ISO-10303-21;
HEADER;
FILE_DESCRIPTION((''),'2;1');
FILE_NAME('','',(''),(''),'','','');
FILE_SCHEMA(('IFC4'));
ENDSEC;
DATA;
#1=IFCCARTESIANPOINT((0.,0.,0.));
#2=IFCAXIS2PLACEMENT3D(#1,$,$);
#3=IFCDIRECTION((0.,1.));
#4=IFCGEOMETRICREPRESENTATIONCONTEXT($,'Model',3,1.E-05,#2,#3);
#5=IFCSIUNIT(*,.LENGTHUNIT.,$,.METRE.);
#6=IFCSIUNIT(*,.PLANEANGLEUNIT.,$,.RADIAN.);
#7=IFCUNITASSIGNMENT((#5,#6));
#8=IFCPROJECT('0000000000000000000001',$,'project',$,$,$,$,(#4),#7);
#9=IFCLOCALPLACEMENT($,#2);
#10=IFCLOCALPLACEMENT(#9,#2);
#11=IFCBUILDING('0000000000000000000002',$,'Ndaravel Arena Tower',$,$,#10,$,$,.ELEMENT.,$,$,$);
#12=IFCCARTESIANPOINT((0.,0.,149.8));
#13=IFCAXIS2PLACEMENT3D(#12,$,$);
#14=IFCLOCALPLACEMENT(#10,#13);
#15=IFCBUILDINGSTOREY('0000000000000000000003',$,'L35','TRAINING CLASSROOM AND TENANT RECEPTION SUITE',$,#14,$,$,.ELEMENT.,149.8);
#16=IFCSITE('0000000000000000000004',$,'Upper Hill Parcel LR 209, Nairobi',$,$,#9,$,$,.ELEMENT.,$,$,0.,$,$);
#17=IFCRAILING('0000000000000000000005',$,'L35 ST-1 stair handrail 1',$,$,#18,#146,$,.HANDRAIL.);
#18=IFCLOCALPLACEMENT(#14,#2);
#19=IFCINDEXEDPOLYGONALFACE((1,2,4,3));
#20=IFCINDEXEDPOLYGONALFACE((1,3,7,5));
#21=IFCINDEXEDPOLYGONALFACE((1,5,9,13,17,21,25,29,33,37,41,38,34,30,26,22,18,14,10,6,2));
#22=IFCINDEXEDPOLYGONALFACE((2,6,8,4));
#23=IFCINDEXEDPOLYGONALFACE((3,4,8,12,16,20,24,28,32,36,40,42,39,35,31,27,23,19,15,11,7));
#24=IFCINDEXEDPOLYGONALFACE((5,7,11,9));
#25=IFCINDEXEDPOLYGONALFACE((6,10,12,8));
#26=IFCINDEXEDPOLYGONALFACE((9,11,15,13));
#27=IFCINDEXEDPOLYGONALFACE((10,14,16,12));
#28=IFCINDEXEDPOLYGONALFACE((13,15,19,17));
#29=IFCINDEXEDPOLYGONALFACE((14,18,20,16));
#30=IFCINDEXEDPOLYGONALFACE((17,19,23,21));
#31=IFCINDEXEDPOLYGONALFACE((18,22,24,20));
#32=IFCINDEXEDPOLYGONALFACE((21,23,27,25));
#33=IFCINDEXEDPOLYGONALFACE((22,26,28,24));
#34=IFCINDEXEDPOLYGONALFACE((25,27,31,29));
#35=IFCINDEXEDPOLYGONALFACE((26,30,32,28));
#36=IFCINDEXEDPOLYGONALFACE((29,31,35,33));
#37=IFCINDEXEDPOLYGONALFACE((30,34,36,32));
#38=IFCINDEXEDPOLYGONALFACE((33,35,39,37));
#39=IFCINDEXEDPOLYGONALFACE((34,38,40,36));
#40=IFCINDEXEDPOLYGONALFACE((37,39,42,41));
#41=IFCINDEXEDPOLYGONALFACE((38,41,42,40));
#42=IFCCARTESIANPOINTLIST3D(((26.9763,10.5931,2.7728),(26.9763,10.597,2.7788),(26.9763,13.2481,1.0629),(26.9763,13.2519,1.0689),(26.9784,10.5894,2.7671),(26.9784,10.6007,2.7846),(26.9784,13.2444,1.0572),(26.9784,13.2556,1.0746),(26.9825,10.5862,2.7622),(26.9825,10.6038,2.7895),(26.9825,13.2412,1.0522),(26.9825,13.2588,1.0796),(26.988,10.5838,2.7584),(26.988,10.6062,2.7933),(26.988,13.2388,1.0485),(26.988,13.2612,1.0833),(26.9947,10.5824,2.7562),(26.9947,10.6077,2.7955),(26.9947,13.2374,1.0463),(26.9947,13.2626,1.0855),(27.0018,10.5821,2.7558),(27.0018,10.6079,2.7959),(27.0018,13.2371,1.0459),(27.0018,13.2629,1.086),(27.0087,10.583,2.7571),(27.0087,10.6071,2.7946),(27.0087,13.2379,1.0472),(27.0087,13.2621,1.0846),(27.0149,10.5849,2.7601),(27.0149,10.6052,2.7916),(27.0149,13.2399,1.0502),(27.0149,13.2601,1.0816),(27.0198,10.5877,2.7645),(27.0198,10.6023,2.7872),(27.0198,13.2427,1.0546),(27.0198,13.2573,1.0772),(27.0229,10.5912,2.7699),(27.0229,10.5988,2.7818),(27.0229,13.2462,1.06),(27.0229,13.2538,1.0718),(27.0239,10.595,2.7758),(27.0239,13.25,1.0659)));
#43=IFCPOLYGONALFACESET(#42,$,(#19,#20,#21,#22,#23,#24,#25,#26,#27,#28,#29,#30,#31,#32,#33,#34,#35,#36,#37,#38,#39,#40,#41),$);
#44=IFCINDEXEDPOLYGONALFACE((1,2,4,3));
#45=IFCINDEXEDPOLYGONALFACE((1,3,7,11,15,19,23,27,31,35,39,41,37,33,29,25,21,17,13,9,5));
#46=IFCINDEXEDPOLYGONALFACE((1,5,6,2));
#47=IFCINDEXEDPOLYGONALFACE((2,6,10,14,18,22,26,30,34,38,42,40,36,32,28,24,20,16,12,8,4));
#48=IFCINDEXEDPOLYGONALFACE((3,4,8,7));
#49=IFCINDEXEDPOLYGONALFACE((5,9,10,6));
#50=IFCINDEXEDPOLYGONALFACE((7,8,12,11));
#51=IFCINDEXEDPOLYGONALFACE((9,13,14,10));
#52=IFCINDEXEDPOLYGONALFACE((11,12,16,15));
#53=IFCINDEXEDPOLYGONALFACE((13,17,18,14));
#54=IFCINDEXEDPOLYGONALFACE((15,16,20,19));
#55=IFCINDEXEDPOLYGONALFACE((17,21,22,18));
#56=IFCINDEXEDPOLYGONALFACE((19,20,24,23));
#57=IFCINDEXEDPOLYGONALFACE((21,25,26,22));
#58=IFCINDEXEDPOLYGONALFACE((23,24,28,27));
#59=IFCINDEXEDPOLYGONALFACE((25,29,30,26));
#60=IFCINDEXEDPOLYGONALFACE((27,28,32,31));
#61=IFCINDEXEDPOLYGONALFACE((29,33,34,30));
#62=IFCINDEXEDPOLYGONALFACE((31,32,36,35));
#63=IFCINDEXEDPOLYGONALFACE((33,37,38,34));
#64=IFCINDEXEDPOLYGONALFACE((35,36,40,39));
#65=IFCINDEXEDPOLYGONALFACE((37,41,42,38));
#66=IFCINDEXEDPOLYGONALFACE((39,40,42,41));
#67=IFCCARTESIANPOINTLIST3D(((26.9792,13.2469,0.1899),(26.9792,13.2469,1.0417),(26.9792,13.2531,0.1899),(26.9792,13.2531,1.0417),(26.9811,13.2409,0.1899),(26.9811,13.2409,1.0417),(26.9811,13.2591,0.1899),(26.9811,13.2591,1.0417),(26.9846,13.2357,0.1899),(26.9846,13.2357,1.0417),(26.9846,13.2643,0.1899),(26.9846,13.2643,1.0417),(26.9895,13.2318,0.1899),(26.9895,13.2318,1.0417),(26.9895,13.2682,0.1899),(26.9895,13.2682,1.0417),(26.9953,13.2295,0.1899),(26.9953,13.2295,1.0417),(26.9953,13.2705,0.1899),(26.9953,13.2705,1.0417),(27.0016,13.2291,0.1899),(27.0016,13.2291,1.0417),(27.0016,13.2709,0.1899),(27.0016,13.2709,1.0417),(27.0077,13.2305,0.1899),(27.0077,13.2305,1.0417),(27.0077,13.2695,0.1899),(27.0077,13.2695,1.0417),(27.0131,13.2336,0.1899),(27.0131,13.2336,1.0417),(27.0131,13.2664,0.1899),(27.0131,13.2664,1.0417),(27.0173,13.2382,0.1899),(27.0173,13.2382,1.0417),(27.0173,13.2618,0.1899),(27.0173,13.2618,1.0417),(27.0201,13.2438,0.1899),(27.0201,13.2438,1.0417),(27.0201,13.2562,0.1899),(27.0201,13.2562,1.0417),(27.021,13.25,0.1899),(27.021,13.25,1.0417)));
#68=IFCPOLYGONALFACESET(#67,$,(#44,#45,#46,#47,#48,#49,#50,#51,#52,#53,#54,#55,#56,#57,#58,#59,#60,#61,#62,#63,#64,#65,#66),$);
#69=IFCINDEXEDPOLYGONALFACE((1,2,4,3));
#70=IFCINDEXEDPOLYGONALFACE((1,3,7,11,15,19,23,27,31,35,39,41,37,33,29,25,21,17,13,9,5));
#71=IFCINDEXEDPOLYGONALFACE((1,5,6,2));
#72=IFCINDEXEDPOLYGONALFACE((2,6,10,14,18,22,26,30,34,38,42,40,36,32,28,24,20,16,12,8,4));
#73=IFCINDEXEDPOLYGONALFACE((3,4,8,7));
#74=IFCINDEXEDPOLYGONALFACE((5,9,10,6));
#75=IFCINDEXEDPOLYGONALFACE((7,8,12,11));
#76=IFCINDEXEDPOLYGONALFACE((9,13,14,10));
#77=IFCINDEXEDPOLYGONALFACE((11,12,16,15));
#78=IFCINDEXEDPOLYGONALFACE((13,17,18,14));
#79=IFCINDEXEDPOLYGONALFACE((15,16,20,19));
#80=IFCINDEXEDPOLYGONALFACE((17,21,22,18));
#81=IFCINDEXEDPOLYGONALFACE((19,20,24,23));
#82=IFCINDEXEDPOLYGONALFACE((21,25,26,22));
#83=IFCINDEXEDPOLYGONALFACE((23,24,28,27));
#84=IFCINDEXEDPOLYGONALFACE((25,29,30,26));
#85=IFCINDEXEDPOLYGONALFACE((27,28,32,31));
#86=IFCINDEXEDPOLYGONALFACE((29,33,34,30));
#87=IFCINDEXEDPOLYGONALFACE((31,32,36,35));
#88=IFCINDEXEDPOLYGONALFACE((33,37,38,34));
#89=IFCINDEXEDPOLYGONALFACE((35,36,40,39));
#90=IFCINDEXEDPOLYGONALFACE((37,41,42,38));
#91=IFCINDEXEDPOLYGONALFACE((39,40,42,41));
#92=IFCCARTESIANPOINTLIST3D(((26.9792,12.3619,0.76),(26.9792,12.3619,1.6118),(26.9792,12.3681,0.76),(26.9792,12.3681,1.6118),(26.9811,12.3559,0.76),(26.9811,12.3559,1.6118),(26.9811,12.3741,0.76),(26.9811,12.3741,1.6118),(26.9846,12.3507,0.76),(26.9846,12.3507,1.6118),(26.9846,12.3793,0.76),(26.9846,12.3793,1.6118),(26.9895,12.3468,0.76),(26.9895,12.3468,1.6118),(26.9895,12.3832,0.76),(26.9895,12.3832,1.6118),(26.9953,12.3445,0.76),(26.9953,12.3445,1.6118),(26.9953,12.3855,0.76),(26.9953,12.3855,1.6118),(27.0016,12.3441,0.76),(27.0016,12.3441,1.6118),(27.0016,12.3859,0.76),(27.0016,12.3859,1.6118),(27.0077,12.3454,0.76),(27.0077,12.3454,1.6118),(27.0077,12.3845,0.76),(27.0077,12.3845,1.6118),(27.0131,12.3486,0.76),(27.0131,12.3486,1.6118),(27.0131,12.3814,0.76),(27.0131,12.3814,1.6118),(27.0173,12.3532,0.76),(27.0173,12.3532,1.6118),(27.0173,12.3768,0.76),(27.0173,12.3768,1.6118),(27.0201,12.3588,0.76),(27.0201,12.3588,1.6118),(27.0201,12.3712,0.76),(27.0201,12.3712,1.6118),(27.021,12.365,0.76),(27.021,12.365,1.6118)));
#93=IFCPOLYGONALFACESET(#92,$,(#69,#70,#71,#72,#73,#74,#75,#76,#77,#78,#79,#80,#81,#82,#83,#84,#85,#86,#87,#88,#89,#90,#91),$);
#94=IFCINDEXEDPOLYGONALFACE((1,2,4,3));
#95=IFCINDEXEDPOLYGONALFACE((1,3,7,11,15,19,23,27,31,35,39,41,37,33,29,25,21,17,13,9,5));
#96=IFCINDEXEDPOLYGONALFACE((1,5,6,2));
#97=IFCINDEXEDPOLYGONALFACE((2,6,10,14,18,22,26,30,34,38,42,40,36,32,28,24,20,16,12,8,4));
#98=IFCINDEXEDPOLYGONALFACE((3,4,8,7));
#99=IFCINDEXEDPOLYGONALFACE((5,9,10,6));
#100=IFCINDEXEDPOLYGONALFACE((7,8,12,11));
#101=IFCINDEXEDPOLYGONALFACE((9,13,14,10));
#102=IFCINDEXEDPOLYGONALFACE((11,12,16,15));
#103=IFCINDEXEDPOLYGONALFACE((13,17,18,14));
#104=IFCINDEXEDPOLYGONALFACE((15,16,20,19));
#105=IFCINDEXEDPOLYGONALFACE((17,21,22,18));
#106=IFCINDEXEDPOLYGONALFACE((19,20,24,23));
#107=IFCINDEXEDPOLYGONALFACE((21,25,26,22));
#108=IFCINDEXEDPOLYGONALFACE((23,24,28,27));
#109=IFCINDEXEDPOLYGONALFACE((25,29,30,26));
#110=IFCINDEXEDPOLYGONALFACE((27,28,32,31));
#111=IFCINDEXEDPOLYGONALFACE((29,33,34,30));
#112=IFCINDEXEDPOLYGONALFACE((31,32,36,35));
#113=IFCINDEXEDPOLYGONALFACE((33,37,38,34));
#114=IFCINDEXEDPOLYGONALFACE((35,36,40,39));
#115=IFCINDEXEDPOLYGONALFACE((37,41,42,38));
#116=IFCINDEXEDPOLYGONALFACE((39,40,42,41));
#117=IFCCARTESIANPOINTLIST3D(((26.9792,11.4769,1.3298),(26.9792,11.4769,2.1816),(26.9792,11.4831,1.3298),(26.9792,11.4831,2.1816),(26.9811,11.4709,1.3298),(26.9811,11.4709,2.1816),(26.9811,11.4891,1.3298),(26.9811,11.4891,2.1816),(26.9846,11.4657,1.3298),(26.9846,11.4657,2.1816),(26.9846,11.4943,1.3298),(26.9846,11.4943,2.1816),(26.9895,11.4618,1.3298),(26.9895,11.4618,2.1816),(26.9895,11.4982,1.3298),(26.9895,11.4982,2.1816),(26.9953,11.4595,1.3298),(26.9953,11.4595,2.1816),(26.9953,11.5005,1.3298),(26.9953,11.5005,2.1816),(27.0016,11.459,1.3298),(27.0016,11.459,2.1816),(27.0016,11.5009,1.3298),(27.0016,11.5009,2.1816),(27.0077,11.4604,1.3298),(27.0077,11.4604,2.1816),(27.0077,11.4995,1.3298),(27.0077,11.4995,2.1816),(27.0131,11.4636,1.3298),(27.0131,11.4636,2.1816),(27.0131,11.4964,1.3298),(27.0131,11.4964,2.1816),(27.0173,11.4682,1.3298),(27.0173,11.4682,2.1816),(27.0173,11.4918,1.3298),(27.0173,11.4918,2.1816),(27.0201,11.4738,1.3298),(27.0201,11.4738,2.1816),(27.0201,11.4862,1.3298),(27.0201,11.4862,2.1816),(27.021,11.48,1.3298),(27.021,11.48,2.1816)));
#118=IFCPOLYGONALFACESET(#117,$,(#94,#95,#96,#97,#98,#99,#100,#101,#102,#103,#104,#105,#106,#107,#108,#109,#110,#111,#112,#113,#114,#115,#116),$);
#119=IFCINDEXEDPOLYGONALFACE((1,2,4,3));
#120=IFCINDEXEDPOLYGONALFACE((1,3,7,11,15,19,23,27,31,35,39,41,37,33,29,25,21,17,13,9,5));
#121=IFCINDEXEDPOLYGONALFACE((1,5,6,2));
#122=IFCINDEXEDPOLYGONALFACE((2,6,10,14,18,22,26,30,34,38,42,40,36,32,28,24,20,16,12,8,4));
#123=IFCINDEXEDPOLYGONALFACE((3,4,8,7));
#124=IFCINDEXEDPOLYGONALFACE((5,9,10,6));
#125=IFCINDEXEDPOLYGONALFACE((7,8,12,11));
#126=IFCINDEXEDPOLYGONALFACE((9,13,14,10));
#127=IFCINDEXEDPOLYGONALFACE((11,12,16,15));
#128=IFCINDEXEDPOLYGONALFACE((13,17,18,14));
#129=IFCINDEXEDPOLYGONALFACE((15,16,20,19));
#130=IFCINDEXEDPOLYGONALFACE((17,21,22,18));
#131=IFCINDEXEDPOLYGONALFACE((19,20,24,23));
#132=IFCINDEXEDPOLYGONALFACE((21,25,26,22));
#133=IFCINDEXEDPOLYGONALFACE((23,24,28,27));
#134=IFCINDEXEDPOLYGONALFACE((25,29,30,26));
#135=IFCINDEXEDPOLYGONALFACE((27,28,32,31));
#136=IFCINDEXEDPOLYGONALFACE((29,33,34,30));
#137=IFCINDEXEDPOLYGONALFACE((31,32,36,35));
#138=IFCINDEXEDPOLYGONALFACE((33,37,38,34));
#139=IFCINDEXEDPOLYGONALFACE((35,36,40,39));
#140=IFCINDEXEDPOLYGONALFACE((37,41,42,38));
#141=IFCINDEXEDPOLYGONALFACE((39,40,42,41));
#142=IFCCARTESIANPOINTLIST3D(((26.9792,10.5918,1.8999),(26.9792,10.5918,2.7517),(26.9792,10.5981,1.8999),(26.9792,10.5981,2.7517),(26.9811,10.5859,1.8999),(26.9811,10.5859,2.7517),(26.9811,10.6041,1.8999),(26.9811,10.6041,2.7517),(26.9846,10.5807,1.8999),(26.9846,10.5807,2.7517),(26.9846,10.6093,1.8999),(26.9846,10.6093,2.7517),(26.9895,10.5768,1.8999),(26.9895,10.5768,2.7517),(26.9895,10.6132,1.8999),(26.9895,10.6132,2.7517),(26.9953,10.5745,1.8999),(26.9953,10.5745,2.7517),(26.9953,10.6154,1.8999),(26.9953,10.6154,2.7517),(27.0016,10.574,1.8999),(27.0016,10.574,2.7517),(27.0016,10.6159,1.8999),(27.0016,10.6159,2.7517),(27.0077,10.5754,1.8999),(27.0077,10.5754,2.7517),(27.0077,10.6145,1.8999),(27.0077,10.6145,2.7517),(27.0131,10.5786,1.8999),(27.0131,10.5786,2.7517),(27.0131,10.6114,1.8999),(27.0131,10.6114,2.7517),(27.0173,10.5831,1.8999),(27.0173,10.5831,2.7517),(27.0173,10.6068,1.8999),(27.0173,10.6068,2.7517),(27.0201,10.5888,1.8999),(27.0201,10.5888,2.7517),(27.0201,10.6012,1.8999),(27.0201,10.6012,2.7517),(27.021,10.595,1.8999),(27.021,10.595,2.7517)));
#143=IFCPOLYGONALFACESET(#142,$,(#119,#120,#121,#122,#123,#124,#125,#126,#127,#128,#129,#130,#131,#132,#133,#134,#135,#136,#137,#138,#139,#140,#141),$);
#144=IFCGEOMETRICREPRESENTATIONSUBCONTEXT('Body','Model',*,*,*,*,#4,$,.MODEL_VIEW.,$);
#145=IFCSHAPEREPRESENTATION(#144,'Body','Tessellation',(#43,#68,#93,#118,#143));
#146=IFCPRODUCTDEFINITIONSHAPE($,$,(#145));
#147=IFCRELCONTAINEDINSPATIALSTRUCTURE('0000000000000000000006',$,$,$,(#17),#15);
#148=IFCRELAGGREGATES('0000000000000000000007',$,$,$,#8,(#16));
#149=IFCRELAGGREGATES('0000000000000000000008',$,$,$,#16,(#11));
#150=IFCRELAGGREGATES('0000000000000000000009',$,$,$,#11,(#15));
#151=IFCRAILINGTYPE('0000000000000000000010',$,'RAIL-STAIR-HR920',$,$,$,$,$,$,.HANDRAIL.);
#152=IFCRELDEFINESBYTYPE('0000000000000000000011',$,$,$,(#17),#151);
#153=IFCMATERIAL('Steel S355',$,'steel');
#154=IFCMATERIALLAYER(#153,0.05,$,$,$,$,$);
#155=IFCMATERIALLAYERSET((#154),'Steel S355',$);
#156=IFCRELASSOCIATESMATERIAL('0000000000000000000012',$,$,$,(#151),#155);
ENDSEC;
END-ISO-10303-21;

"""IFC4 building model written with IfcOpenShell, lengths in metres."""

from ifc_helpers import new_model, si_unit, direction, frame, origin, origin_2d, place, context, subcontext, project, spatial, circle, extrude, material, layer, layer_set, type_object, element, save


model = new_model("IFC4")

# Units and contexts
model_context = context("Model", 3, precision=1e-05, world=origin(), true_north=direction((0.0, 1.0)))
body_context = subcontext(model_context, "Body", "Model", "MODEL_VIEW")
ifc_project = project(units=[si_unit("LENGTHUNIT", "METRE"), si_unit("PLANEANGLEUNIT", "RADIAN")], contexts=[model_context])

# Site, building, storey
site_placement = place(None, origin())
site = spatial("IfcSite", under=ifc_project, at=site_placement, Name="Upper Hill Parcel LR 209, Nairobi", CompositionType="ELEMENT", RefElevation=0.0)
building_placement = place(site_placement, origin())
building = spatial("IfcBuilding", under=site, at=building_placement, Name="Ndaravel Arena Tower", CompositionType="ELEMENT")
storey_placement = place(building_placement, frame((0.0, 0.0, 149.8)))
storey = spatial("IfcBuildingStorey", under=building, at=storey_placement, Name="L35", Description="TRAINING CLASSROOM AND TENANT RECEPTION SUITE", CompositionType="ELEMENT", Elevation=149.8)

# Railing
ifc_material_1 = material(Name="Steel S355", Category="steel")
ifc_layer_1 = layer(ifc_material_1, 0.05)
ifc_layer_set_1 = layer_set([ifc_layer_1], Name="Steel S355")
railing_type_1 = type_object("IfcRailingType", Name="RAIL-STAIR-HR920", PredefinedType="HANDRAIL", material=ifc_layer_set_1)
railing_1_placement = place(storey_placement, frame((27.0, 13.25, 0.1899)))
element("IfcRailing", 1, at=railing_1_placement, inside=storey, type_object=railing_type_1, Name="L35 ST-1 stair handrail 1", PredefinedType="HANDRAIL", context=body_context, shape_type="SweptSolid", body=[
    extrude(circle(Radius=0.0239, at=origin_2d()), frame((0.0, 0.0, 0.876), z_axis=(0.0, -0.840724, 0.541465), x_axis=(1.0, 0.0, 0.0)), (0.0, 0.0, 1.0), 3.158),
    extrude(circle(Radius=0.021, at=origin_2d()), origin(), (0.0, 0.0, 1.0), 0.8518),
    extrude(circle(Radius=0.021, at=origin_2d()), frame((0.0, -0.885, 0.5701)), (0.0, 0.0, 1.0), 0.8518),
    extrude(circle(Radius=0.021, at=origin_2d()), frame((0.0, -1.77, 1.1399)), (0.0, 0.0, 1.0), 0.8518),
    extrude(circle(Radius=0.021, at=origin_2d()), frame((0.0, -2.655, 1.71)), (0.0, 0.0, 1.0), 0.8518),
])

save(model, "model.ifc")
